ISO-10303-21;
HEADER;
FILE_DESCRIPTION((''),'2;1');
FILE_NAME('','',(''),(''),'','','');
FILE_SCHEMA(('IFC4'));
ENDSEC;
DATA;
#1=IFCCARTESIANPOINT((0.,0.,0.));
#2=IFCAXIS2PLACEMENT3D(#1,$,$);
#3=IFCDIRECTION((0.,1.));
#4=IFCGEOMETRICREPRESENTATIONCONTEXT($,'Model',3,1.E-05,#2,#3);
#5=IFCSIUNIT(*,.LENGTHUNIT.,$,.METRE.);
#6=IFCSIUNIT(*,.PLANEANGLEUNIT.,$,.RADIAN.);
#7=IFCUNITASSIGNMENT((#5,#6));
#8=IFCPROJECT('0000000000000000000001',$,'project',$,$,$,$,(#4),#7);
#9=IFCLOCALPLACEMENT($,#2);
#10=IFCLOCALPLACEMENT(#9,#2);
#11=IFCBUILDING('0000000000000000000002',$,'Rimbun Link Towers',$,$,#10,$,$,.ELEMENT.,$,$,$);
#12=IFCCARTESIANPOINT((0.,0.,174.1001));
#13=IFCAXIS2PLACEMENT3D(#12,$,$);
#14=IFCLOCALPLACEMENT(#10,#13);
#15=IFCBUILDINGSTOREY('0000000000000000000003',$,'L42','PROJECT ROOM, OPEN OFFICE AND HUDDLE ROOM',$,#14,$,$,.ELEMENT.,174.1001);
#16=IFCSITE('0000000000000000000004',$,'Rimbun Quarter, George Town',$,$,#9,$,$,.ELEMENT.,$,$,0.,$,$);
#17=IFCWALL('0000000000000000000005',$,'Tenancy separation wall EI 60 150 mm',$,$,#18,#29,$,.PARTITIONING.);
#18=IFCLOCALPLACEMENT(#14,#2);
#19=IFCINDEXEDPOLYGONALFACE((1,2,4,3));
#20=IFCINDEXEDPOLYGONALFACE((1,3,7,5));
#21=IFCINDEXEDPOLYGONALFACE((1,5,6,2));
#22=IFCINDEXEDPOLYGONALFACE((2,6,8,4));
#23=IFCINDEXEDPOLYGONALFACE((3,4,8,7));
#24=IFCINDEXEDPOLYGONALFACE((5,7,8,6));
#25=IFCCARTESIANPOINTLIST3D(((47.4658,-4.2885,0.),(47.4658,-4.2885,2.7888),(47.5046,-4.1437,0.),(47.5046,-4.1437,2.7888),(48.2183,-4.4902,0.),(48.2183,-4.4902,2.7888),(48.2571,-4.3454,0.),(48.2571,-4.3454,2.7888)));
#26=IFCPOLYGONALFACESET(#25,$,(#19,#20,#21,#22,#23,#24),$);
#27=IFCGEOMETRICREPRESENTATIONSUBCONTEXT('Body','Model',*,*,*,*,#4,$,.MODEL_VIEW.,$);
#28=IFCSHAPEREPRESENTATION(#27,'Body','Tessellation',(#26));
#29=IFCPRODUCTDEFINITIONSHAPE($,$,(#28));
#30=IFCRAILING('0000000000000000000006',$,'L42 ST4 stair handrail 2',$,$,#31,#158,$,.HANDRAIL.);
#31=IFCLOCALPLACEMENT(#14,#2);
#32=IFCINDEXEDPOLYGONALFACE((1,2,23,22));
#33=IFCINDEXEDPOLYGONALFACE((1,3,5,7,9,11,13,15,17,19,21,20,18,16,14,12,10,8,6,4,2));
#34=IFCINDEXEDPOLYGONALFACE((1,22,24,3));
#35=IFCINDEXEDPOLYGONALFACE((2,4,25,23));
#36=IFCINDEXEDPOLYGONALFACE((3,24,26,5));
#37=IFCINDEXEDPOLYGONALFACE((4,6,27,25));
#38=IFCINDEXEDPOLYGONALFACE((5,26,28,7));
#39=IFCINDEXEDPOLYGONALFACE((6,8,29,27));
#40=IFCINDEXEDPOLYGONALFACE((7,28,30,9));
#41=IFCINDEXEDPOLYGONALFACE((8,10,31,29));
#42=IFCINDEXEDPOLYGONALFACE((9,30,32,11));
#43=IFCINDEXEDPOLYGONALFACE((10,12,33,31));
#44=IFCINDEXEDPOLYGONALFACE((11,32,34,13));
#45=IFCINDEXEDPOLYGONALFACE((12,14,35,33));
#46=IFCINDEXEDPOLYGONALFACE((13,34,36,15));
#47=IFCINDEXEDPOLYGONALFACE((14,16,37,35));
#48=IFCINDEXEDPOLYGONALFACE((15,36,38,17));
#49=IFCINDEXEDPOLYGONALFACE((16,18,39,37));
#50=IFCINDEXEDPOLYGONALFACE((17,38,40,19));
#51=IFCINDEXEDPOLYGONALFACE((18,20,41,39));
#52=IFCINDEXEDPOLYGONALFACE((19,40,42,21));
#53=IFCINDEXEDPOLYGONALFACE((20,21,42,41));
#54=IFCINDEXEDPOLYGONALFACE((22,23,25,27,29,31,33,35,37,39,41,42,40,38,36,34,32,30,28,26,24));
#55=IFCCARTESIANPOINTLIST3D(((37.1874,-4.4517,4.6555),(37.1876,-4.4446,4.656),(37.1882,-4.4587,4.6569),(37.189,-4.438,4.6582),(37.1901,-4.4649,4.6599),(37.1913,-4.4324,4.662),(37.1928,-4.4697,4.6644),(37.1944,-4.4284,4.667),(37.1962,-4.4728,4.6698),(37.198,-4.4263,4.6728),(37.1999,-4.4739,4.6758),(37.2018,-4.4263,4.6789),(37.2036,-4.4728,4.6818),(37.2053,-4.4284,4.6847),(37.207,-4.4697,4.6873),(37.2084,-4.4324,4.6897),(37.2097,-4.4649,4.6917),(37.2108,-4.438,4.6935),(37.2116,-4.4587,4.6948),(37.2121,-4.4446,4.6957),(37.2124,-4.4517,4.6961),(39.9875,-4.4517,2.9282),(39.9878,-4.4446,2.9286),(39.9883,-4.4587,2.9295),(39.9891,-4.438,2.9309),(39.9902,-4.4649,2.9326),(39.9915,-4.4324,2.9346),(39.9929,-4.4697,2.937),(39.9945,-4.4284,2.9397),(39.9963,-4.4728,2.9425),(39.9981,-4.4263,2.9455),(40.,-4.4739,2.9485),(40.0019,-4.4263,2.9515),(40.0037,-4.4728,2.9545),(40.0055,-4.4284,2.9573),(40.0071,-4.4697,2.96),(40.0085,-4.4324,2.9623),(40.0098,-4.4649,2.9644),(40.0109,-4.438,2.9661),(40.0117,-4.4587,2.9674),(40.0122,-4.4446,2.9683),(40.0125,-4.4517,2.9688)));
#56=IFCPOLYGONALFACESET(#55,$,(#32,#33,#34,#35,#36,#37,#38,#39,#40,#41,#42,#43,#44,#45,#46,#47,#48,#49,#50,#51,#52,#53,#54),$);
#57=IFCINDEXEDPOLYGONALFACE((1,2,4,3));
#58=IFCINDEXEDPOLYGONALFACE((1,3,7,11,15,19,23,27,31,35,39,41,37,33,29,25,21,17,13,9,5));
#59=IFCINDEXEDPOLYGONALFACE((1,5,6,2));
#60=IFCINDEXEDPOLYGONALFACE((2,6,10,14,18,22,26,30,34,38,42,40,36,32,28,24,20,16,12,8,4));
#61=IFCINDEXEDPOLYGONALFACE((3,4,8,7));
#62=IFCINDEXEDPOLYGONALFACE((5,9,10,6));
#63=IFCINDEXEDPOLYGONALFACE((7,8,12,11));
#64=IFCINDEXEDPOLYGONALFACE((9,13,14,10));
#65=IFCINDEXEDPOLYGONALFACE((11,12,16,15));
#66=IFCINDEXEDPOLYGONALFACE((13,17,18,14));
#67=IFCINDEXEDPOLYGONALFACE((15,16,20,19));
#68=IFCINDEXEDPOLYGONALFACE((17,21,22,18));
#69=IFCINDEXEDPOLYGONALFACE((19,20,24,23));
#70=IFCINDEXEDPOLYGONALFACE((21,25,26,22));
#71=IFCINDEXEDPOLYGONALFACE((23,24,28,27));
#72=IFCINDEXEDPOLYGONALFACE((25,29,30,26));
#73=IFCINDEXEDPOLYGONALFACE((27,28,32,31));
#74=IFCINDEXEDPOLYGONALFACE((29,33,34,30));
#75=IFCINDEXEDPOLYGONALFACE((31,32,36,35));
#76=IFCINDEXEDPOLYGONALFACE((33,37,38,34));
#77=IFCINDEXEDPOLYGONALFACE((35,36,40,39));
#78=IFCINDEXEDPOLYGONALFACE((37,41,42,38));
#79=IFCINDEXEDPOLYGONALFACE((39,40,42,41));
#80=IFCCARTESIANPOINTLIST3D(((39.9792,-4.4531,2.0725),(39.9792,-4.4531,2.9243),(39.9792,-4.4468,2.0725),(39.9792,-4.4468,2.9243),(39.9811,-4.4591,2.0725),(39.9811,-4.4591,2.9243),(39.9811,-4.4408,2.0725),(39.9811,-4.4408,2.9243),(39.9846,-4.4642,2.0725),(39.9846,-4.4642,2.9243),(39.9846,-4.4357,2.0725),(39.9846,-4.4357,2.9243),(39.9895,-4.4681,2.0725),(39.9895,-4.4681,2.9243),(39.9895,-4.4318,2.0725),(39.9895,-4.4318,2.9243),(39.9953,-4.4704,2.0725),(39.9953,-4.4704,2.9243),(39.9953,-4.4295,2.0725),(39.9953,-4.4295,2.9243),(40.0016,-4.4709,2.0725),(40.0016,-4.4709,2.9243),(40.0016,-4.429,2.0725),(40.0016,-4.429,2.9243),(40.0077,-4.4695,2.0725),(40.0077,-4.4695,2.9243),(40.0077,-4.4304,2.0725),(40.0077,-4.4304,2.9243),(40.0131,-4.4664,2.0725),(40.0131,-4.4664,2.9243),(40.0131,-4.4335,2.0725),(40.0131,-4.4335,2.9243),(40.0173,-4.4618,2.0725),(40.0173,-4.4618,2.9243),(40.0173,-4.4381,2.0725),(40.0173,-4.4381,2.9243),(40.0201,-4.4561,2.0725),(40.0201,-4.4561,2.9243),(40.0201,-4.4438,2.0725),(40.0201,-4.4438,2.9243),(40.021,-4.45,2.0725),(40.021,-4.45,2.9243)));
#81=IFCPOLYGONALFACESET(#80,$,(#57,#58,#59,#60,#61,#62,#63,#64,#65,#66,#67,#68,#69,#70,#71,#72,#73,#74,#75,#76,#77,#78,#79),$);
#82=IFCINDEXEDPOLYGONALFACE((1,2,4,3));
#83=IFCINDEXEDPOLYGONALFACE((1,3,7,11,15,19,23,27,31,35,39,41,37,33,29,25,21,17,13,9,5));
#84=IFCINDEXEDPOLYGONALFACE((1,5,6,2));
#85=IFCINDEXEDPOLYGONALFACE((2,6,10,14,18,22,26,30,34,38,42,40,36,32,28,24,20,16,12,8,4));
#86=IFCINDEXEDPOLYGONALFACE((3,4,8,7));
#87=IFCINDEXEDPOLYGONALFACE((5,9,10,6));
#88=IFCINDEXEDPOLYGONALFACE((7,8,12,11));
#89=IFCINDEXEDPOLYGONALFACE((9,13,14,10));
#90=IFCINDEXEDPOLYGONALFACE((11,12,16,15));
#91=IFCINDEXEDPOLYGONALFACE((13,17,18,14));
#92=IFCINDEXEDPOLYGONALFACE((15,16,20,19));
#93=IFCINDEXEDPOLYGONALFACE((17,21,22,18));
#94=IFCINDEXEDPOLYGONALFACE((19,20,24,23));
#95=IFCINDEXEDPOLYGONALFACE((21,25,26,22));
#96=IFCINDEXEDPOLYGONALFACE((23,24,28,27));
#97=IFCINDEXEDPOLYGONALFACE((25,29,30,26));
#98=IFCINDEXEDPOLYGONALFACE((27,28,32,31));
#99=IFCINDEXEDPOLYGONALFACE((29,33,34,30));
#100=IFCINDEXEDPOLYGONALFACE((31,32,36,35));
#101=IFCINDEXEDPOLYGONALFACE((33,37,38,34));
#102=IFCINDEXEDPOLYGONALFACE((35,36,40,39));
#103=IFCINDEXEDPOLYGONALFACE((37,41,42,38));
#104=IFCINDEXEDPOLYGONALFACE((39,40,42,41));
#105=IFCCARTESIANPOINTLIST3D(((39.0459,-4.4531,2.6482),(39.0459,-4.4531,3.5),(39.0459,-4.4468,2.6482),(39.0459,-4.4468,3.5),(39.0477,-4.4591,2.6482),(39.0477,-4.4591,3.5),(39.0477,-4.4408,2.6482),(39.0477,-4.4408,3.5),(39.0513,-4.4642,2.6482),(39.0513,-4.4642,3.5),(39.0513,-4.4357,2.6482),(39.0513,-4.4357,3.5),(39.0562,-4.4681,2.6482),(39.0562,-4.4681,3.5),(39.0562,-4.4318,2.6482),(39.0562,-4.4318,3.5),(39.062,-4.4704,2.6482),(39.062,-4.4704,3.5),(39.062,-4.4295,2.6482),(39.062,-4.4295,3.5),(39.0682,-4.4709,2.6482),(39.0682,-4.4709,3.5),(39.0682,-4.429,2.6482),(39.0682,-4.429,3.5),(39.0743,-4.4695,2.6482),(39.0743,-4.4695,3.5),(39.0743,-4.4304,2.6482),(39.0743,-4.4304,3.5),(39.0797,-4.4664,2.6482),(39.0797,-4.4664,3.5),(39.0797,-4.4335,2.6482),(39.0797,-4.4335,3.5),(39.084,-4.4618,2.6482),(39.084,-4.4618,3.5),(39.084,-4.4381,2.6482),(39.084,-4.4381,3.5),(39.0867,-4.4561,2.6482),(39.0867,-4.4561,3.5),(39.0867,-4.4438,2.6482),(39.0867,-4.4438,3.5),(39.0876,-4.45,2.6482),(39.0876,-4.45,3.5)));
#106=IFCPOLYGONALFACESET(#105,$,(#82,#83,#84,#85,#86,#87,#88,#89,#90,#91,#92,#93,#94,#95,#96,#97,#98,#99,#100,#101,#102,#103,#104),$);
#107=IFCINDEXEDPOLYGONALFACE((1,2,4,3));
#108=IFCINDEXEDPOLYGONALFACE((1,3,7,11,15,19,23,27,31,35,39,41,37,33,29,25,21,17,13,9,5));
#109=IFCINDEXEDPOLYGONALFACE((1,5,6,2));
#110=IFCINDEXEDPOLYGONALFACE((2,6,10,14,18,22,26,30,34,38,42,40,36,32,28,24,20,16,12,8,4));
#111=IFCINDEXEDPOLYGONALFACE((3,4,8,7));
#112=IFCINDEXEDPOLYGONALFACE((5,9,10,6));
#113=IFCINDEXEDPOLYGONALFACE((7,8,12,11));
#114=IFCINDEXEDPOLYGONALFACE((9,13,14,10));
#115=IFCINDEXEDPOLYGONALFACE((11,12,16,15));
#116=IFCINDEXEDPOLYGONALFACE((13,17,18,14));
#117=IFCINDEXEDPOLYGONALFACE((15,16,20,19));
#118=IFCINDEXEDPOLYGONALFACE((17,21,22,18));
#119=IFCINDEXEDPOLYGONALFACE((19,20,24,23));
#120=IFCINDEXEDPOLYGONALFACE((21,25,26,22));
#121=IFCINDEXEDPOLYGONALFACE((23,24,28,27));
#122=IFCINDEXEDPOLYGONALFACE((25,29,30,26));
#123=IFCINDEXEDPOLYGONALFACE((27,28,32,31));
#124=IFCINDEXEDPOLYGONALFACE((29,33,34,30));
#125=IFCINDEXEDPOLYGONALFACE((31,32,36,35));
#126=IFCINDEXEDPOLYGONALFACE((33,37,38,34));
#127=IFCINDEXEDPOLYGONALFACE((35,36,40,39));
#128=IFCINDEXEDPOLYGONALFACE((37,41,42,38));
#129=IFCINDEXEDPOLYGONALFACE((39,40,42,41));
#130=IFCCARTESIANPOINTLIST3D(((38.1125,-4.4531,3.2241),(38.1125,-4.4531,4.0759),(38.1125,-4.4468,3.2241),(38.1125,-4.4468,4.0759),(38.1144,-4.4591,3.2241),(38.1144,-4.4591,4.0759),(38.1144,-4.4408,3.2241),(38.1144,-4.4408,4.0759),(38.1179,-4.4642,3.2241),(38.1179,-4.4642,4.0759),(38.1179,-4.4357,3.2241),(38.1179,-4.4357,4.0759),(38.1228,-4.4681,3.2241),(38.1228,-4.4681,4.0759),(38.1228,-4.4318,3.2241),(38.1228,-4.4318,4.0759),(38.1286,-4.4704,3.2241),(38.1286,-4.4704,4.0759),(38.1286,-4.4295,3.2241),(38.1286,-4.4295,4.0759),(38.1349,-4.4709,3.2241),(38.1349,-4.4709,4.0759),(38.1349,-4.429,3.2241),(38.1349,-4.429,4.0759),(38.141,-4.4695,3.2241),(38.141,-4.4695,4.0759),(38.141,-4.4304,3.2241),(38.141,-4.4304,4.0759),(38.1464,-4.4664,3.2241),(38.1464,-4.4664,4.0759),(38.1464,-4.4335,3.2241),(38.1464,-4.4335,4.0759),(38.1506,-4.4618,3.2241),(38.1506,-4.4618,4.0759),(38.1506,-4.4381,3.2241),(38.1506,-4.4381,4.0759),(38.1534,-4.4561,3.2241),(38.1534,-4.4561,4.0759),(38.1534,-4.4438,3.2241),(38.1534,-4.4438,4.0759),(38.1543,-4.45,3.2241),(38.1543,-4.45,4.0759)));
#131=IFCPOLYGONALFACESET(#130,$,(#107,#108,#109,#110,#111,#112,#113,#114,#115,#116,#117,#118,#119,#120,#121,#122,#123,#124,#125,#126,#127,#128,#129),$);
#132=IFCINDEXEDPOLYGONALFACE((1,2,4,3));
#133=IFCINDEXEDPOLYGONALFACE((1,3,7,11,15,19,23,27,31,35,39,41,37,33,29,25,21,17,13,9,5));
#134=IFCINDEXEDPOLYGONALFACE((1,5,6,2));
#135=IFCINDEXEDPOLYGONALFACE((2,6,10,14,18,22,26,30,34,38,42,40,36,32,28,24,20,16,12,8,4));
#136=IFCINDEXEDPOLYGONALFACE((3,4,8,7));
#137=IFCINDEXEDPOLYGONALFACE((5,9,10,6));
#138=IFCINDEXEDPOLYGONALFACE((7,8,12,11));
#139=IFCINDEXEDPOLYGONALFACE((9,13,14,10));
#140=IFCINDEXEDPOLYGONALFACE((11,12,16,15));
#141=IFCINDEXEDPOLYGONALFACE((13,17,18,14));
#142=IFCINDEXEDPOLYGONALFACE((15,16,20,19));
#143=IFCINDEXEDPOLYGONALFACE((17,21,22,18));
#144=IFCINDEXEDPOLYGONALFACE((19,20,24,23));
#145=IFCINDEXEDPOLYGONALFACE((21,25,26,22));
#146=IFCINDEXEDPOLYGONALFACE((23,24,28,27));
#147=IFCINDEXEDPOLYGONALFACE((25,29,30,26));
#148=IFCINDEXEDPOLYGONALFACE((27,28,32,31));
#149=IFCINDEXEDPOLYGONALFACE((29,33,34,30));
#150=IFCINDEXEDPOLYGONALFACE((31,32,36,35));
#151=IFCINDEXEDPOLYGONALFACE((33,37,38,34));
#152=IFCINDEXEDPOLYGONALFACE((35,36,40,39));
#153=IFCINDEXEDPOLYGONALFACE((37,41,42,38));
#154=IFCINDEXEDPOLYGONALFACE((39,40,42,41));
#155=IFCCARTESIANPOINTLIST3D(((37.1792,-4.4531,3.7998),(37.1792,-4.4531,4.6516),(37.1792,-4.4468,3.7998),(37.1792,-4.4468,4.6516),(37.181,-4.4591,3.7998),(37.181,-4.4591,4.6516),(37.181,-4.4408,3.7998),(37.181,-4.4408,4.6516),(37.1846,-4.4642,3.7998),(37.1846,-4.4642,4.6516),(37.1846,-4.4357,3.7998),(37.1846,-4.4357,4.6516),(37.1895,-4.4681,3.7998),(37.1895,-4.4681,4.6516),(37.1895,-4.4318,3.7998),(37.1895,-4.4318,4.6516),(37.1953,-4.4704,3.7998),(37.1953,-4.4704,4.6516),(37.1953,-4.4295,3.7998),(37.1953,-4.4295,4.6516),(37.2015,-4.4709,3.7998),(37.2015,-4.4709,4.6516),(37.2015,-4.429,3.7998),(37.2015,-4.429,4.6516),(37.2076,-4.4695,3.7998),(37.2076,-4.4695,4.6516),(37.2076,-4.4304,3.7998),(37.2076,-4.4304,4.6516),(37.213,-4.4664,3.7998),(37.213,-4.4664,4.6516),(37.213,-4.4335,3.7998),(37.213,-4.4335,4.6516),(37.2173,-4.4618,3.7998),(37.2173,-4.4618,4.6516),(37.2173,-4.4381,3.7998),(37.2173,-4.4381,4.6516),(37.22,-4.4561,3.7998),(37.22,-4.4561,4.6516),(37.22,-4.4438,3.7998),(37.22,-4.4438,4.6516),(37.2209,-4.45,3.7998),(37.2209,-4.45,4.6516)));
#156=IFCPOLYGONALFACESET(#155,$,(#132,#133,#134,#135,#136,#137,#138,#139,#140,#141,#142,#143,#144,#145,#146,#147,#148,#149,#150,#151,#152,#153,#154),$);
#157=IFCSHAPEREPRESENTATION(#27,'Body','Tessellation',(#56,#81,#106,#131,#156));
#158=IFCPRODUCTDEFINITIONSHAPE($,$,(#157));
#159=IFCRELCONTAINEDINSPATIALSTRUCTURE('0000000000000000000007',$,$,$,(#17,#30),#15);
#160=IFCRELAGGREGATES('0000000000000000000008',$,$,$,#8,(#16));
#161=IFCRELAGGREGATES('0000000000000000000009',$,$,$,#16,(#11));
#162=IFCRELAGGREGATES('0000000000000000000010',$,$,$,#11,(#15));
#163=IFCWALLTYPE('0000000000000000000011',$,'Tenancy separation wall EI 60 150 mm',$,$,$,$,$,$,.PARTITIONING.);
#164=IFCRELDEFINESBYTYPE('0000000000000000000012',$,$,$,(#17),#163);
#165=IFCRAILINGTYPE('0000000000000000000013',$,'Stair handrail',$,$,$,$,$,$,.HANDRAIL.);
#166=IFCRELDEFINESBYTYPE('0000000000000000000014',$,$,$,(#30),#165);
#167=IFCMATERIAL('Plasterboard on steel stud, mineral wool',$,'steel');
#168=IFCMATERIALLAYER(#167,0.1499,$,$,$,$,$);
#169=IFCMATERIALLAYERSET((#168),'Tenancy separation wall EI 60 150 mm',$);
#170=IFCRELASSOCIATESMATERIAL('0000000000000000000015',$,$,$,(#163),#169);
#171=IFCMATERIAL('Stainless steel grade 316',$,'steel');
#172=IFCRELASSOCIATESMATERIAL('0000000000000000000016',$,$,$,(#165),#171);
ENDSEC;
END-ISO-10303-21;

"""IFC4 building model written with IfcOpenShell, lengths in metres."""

from ifc_helpers import new_model, si_unit, direction, frame, frame_2d, origin, origin_2d, place, context, subcontext, project, spatial, rectangle, circle, extrude, material, layer, layer_set, type_object, element, save


model = new_model("IFC4")

# Units and contexts
model_context = context("Model", 3, precision=1e-05, world=origin(), true_north=direction((0.0, 1.0)))
body_context = subcontext(model_context, "Body", "Model", "MODEL_VIEW")
ifc_project = project(units=[si_unit("LENGTHUNIT", "METRE"), si_unit("PLANEANGLEUNIT", "RADIAN")], contexts=[model_context])

# Site, building, storey
site_placement = place(None, origin())
site = spatial("IfcSite", under=ifc_project, at=site_placement, Name="Rimbun Quarter, George Town", CompositionType="ELEMENT", RefElevation=0.0)
building_placement = place(site_placement, origin())
building = spatial("IfcBuilding", under=site, at=building_placement, Name="Rimbun Link Towers", CompositionType="ELEMENT")
storey_placement = place(building_placement, frame((0.0, 0.0, 174.1001)))
storey = spatial("IfcBuildingStorey", under=building, at=storey_placement, Name="L42", Description="PROJECT ROOM, OPEN OFFICE AND HUDDLE ROOM", CompositionType="ELEMENT", Elevation=174.1001)

# Wall
ifc_material_1 = material(Name="Plasterboard on steel stud, mineral wool", Category="steel")
ifc_layer_1 = layer(ifc_material_1, 0.1499)
ifc_layer_set_1 = layer_set([ifc_layer_1], Name="Tenancy separation wall EI 60 150 mm")
wall_type_1 = type_object("IfcWallType", Name="Tenancy separation wall EI 60 150 mm", PredefinedType="PARTITIONING", material=ifc_layer_set_1)
wall_1_placement = place(storey_placement, frame((47.4851, -4.2161, 0.0), z_axis=(0.0, 0.0, 1.0), x_axis=(0.965912, -0.258872, 0.0)))
element("IfcWall", 1, at=wall_1_placement, inside=storey, type_object=wall_type_1, Name="Tenancy separation wall EI 60 150 mm", PredefinedType="PARTITIONING", context=body_context, shape_type="SweptSolid", body=[
    extrude(rectangle(XDim=0.7791, YDim=0.1499, at=frame_2d((0.3896, 0.0))), origin(), (0.0, 0.0, 1.0), 2.7888),
])

# Railing
ifc_material_2 = material(Name="Stainless steel grade 316", Category="steel")
railing_type = type_object("IfcRailingType", Name="Stair handrail", PredefinedType="HANDRAIL", material=ifc_material_2)
railing_placement = place(storey_placement, frame((40.0, -4.45, 2.0725)))
element("IfcRailing", 2, at=railing_placement, inside=storey, type_object=railing_type, Name="L42 ST4 stair handrail 2", PredefinedType="HANDRAIL", context=body_context, shape_type="SweptSolid", body=[
    extrude(circle(Radius=0.0239, at=origin_2d()), frame((0.0, 0.0, 0.876), z_axis=(-0.85109, 0.0, 0.52502), x_axis=(0.0, -1.0, 0.0)), (0.0, 0.0, 1.0), 3.29),
    extrude(circle(Radius=0.021, at=origin_2d()), origin(), (0.0, 0.0, 1.0), 0.8518),
    extrude(circle(Radius=0.021, at=origin_2d()), frame((-0.9333, 0.0, 0.5757)), (0.0, 0.0, 1.0), 0.8518),
    extrude(circle(Radius=0.021, at=origin_2d()), frame((-1.8667, 0.0, 1.1516)), (0.0, 0.0, 1.0), 0.8518),
    extrude(circle(Radius=0.021, at=origin_2d()), frame((-2.8, 0.0, 1.7273)), (0.0, 0.0, 1.0), 0.8518),
])

save(model, "model.ifc")
